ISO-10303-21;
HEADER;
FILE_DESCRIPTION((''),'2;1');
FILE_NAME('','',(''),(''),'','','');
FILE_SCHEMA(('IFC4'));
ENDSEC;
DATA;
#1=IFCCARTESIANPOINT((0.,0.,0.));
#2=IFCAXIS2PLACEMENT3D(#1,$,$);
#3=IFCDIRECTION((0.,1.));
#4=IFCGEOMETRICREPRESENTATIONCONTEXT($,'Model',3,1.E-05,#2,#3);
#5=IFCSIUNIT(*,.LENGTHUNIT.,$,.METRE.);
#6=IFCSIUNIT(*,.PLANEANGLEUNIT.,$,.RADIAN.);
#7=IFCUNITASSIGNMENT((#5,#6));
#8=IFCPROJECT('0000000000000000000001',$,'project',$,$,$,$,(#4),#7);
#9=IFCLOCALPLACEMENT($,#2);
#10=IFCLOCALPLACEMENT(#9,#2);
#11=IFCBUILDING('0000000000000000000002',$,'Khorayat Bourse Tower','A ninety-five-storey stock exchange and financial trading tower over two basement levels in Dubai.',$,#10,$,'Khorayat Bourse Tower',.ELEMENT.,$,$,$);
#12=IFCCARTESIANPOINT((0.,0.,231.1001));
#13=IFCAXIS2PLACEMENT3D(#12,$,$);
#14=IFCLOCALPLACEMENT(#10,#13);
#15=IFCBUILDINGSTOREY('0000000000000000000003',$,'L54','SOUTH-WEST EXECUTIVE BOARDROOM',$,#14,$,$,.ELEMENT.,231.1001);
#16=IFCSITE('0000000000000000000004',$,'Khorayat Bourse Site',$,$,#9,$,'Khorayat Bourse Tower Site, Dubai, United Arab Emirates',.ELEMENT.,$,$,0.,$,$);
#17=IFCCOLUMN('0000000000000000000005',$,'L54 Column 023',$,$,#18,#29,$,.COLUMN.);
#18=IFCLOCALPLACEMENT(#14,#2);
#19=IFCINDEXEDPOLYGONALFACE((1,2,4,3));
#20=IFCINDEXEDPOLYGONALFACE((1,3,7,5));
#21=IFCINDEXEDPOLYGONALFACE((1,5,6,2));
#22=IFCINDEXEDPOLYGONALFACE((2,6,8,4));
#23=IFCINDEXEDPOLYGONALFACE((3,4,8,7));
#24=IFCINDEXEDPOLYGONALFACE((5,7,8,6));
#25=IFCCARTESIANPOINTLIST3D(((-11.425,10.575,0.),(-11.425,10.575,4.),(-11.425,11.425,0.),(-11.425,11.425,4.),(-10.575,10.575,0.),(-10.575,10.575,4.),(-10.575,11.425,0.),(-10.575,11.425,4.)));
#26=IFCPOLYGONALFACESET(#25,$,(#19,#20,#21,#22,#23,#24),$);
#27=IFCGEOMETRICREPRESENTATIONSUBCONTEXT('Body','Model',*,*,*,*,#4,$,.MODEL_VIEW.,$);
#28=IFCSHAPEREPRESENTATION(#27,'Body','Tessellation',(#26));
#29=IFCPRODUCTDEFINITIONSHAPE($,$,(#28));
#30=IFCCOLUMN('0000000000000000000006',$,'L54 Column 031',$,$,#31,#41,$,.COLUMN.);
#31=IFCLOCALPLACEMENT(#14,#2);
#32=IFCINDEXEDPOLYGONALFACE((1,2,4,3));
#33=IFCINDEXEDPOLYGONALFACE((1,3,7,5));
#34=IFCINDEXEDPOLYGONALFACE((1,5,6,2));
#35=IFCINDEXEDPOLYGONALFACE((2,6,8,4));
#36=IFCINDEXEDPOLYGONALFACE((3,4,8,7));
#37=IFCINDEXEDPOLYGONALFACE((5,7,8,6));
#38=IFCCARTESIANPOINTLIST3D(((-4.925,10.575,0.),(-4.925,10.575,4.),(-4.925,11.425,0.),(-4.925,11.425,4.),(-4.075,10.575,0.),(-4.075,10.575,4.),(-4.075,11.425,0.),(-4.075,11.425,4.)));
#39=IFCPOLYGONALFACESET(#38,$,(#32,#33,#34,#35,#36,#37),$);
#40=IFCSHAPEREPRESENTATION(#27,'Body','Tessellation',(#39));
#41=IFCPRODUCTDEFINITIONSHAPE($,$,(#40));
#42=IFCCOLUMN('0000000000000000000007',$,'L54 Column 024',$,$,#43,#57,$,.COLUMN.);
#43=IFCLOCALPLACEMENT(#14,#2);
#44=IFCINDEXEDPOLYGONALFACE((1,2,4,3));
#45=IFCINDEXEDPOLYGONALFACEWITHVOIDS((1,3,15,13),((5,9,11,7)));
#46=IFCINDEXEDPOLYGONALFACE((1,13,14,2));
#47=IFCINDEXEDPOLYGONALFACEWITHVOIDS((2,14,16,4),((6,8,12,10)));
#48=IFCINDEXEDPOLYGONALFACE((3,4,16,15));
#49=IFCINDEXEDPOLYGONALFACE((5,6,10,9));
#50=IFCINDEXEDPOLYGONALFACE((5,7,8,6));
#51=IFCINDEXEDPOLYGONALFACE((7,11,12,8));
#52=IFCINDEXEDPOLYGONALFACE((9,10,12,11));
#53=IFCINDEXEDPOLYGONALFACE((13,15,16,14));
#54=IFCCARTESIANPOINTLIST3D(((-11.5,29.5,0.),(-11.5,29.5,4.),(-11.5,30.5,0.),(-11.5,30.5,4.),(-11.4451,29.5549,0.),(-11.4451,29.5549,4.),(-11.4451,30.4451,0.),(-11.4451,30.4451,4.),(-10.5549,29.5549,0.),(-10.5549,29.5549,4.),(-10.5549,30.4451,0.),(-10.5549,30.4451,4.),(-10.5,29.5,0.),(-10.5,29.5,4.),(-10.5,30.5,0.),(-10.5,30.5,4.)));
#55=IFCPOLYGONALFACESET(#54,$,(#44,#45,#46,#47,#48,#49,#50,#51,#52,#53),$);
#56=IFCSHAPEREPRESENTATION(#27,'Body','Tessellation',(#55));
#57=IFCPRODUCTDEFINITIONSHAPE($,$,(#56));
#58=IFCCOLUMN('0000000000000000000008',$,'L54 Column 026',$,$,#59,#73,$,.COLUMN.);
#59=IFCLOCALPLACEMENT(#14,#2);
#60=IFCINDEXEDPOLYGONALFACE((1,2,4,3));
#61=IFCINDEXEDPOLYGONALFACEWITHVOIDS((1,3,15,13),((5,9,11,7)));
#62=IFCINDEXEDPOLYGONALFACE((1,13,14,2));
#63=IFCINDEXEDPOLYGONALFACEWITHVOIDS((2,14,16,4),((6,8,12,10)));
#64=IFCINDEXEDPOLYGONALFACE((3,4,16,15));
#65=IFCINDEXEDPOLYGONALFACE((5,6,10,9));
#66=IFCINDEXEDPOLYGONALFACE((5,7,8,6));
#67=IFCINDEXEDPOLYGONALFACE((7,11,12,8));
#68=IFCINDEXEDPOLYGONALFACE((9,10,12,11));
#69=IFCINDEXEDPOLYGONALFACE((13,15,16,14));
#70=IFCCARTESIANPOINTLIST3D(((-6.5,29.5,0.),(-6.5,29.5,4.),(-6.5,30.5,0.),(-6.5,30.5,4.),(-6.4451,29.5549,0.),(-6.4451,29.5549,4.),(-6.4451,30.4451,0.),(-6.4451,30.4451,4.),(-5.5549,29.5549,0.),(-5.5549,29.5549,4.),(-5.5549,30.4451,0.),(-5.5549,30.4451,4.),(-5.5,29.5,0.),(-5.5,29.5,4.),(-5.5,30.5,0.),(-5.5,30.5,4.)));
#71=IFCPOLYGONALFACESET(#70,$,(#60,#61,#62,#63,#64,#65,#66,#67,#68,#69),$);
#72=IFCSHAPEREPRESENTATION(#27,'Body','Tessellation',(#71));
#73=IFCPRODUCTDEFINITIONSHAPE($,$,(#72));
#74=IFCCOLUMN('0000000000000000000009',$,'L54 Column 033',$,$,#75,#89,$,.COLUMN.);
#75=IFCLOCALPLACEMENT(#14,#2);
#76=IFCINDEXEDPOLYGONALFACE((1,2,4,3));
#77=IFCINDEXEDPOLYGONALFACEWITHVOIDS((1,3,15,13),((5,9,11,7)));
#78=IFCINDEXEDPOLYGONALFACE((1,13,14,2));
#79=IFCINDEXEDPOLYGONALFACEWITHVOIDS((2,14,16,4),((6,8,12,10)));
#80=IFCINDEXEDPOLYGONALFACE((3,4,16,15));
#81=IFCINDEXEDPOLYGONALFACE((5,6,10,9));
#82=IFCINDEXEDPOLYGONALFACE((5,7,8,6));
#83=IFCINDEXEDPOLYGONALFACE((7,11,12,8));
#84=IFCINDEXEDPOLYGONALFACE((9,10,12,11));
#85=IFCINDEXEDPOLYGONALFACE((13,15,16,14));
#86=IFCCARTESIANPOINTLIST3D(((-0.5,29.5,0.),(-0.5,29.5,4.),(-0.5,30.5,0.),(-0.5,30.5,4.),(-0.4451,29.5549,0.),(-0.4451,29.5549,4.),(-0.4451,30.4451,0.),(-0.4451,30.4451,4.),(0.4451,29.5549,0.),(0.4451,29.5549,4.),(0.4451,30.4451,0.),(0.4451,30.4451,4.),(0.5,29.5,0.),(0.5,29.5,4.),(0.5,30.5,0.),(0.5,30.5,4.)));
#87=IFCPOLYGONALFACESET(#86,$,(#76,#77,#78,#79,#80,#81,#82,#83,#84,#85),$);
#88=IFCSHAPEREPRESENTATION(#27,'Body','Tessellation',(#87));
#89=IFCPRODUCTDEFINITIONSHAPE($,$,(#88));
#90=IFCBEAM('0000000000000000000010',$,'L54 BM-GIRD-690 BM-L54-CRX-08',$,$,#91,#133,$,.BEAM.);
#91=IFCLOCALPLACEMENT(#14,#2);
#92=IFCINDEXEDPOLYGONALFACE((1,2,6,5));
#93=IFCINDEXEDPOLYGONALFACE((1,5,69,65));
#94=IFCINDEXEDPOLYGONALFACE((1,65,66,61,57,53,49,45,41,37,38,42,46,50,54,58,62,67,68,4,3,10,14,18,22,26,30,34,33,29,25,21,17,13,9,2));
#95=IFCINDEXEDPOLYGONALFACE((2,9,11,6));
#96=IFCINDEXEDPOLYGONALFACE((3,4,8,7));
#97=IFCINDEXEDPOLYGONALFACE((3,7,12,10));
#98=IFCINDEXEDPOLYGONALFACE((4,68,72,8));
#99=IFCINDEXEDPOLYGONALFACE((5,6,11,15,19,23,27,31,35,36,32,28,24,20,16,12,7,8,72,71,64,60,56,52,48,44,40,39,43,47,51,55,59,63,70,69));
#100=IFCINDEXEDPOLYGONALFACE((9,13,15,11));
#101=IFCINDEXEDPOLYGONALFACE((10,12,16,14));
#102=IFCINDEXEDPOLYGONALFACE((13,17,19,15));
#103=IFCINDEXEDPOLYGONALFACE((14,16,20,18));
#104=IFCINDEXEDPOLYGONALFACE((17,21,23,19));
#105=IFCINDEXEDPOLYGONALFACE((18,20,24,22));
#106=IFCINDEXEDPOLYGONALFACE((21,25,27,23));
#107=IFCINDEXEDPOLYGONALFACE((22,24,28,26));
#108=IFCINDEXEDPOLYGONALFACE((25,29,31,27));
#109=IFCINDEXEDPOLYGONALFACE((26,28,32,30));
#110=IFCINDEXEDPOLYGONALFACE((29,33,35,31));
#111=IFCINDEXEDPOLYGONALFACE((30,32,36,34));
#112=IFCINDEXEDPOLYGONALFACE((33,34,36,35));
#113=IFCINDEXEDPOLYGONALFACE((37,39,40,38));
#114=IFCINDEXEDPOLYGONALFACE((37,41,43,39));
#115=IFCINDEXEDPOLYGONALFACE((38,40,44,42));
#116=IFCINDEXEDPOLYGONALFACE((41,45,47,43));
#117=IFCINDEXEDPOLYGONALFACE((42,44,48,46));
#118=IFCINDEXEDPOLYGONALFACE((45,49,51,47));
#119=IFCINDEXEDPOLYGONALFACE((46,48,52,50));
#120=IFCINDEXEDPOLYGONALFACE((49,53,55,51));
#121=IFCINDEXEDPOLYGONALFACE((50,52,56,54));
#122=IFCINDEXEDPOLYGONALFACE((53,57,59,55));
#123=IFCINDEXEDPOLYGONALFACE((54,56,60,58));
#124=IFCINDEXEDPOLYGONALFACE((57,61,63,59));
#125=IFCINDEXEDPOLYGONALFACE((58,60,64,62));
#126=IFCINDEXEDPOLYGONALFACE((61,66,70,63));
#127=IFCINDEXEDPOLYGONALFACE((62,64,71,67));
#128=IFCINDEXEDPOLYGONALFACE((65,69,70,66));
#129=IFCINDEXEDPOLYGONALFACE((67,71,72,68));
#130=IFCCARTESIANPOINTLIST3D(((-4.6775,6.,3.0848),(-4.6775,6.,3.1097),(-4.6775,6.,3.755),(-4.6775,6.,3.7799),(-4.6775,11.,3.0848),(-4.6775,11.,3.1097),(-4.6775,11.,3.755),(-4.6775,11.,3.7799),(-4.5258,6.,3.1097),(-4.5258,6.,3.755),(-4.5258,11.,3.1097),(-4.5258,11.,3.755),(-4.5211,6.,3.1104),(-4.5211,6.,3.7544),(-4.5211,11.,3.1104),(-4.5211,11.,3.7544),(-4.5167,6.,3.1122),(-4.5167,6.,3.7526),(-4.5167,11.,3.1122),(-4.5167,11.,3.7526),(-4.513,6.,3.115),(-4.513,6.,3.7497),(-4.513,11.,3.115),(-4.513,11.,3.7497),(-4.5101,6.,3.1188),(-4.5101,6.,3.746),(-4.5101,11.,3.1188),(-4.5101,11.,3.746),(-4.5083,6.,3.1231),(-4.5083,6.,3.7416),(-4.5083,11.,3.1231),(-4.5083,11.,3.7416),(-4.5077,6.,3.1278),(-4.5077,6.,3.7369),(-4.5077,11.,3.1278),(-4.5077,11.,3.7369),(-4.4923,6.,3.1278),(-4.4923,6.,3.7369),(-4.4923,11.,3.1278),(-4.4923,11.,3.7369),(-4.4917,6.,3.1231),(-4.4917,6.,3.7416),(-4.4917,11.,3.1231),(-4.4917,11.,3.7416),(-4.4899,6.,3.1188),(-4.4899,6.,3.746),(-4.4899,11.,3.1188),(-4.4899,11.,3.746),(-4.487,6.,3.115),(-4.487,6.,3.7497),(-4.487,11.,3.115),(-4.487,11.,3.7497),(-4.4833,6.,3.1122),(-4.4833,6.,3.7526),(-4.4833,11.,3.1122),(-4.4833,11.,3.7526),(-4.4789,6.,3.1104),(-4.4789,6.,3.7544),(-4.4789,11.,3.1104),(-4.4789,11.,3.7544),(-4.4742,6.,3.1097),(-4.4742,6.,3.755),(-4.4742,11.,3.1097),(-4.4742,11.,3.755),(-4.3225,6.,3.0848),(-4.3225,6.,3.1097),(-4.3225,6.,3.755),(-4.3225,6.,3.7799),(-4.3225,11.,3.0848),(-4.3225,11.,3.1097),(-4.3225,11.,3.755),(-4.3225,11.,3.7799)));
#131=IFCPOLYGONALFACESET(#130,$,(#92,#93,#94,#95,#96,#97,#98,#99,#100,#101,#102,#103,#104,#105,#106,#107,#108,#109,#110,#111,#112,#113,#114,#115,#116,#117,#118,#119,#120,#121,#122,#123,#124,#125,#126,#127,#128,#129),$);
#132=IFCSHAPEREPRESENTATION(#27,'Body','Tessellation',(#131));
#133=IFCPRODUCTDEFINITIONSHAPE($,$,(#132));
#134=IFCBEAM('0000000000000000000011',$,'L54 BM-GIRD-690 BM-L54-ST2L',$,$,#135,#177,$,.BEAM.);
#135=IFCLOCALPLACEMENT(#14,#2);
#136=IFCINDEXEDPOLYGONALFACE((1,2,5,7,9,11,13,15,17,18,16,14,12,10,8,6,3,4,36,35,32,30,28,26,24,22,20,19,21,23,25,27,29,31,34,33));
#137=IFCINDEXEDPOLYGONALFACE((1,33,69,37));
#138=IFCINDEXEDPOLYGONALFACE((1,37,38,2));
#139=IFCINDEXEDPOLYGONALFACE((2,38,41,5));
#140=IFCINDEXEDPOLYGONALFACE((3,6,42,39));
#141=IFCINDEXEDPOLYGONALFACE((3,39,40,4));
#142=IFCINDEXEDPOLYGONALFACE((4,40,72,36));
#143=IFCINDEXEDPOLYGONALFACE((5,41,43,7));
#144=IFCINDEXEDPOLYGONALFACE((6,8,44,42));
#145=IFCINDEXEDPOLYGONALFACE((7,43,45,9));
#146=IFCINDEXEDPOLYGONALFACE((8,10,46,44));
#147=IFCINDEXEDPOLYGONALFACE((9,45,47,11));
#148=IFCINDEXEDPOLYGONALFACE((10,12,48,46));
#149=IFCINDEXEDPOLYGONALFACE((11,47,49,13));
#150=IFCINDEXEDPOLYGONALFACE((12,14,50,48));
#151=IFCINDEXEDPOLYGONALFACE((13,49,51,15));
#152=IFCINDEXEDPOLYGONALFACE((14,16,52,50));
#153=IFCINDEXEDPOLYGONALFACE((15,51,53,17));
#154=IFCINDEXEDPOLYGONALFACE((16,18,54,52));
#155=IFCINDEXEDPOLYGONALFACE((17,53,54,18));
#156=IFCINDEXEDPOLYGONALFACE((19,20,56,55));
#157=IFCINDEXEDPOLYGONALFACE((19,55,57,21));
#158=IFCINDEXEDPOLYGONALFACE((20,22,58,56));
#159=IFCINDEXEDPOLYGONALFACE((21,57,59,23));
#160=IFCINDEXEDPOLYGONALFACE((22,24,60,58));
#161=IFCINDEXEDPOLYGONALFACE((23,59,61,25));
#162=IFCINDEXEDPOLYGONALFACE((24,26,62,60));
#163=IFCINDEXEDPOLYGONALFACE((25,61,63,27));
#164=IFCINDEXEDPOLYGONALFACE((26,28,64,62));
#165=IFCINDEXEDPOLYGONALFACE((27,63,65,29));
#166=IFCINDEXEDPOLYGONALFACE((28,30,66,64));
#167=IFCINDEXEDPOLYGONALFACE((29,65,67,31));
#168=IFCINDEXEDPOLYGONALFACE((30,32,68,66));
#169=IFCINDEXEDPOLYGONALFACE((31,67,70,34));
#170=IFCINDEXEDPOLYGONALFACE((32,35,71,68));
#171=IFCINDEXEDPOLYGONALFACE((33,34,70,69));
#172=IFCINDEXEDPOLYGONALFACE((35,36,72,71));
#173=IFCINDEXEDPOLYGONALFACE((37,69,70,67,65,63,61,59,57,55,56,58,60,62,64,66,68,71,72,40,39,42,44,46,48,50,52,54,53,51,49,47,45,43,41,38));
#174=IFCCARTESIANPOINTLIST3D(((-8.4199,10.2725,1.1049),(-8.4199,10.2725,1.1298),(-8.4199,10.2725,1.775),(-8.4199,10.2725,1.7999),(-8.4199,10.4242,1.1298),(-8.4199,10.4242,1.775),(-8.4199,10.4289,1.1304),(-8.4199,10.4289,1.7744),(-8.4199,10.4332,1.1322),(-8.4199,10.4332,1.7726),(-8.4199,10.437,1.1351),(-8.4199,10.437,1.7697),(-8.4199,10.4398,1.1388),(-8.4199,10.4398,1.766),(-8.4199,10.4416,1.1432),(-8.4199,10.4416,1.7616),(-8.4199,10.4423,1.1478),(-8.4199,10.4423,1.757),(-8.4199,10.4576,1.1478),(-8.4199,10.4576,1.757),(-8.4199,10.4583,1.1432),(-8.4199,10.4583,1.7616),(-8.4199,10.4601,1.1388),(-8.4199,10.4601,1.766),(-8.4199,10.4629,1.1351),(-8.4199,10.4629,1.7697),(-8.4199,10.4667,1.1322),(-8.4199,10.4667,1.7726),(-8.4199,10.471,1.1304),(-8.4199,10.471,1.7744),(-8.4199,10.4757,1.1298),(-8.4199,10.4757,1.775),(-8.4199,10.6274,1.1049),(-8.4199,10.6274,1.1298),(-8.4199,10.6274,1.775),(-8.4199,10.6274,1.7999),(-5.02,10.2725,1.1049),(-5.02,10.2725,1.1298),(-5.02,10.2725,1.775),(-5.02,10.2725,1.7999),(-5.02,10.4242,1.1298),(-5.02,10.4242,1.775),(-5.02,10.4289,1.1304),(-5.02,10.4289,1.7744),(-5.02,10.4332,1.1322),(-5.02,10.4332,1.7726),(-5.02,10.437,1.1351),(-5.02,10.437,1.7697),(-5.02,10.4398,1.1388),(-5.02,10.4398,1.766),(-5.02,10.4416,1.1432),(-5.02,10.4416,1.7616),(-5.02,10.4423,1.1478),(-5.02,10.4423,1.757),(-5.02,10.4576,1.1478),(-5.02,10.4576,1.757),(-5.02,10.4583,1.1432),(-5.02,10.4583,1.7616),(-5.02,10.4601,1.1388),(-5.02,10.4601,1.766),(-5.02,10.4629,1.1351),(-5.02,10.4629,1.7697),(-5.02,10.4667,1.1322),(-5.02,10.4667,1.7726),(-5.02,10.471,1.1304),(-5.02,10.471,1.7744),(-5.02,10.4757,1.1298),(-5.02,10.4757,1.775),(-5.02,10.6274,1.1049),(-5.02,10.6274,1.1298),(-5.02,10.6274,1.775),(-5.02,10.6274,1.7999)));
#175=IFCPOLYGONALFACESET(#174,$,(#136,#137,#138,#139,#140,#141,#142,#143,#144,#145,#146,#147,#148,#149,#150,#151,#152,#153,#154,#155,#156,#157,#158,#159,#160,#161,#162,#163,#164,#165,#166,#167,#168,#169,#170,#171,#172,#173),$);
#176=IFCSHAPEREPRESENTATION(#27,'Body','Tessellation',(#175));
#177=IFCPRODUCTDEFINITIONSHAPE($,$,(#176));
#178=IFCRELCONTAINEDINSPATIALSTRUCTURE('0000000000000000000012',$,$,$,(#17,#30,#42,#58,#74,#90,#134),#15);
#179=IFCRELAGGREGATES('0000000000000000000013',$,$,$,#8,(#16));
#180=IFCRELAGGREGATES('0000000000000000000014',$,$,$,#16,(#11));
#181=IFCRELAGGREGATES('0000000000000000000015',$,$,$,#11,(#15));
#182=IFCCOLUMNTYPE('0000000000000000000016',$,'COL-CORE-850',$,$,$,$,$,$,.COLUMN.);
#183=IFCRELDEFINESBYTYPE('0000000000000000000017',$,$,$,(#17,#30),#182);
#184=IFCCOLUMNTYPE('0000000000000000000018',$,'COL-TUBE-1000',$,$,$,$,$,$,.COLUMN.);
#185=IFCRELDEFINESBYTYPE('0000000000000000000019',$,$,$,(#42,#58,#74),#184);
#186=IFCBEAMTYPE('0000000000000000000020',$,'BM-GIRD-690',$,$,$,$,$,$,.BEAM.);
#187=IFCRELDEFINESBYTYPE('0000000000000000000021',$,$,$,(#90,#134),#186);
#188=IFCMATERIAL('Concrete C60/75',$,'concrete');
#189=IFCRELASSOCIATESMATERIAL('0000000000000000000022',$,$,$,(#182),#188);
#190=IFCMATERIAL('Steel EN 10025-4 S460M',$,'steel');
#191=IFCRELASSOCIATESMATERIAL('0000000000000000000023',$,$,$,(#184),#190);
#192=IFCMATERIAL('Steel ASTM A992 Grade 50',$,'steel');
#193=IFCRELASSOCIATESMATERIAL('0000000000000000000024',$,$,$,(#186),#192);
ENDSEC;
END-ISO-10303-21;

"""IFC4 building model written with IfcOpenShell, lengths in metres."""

from ifc_helpers import new_model, si_unit, direction, frame, origin, origin_2d, place, context, subcontext, project, spatial, rectangle, hollow_rectangle, i_section, extrude, source, transform, mapped, material, material_profile, profile_set, type_object, element, save


model = new_model("IFC4")

# Units and contexts
model_context = context("Model", 3, precision=1e-05, world=origin(), true_north=direction((0.0, 1.0)))
body_context = subcontext(model_context, "Body", "Model", "MODEL_VIEW")
ifc_project = project(units=[si_unit("LENGTHUNIT", "METRE"), si_unit("PLANEANGLEUNIT", "RADIAN")], contexts=[model_context])

# Site, building, storey
site_placement = place(None, origin())
site = spatial("IfcSite", under=ifc_project, at=site_placement, Name="Khorayat Bourse Site", LongName="Khorayat Bourse Tower Site, Dubai, United Arab Emirates", CompositionType="ELEMENT", RefElevation=0.0)
building_placement = place(site_placement, origin())
building = spatial("IfcBuilding", under=site, at=building_placement, Name="Khorayat Bourse Tower", Description="A ninety-five-storey stock exchange and financial trading tower over two basement levels in Dubai.", LongName="Khorayat Bourse Tower", CompositionType="ELEMENT")
storey_placement = place(building_placement, frame((0.0, 0.0, 231.1001)))
storey = spatial("IfcBuildingStorey", under=building, at=storey_placement, Name="L54", Description="SOUTH-WEST EXECUTIVE BOARDROOM", CompositionType="ELEMENT", Elevation=231.1001)

# Columns
ifc_material_1 = material(Name="Concrete C60/75", Category="concrete")
ifc_material_profile_1 = material_profile(ifc_material_1, rectangle(XDim=0.8501, YDim=0.8501, at=origin_2d()), Name="RC 850x850")
ifc_profile_set_1 = profile_set([ifc_material_profile_1], Name="Concrete C60/75")
column_type_1 = type_object("IfcColumnType", Name="COL-CORE-850", PredefinedType="COLUMN", material=ifc_profile_set_1)
shared_shape_1 = source(origin(), body_context, "Body", "SweptSolid", [
    extrude(rectangle(XDim=0.8501, YDim=0.8501, at=origin_2d()), origin(), (0.0, 0.0, 1.0), 4.0),
])
for number, where, z_axis, x_axis, name in (
    (1, (-11.0, 11.0, 0.0), (0.0, 0.0, 1.0), (1.0, 0.0, 0.0), "L54 Column 023"),
    (2, (-4.5, 11.0, 0.0), (0.0, 0.0, 1.0), (1.0, 0.0, 0.0), "L54 Column 031"),
):
    element("IfcColumn", number, at=place(storey_placement, frame(where, z_axis=z_axis, x_axis=x_axis)), inside=storey, type_object=column_type_1, Name=name, PredefinedType="COLUMN", context=body_context, shape_type="MappedRepresentation", body=[
        mapped(shared_shape_1, transform((0.0, 0.0, 0.0), scale=1.0)),
    ])
ifc_material_2 = material(Name="Steel EN 10025-4 S460M", Category="steel")
ifc_material_profile_2 = material_profile(ifc_material_2, hollow_rectangle(XDim=1.0, YDim=1.0, WallThickness=0.0549, at=origin_2d()), Name="BOX 1000x1000x55")
ifc_profile_set_2 = profile_set([ifc_material_profile_2], Name="Steel EN 10025-4 S460M")
column_type_2 = type_object("IfcColumnType", Name="COL-TUBE-1000", PredefinedType="COLUMN", material=ifc_profile_set_2)
shared_shape_2 = source(origin(), body_context, "Body", "SweptSolid", [
    extrude(hollow_rectangle(XDim=1.0, YDim=1.0, WallThickness=0.0549, at=origin_2d()), origin(), (0.0, 0.0, 1.0), 4.0),
])
for number, where, z_axis, x_axis, name in (
    (3, (-11.0, 30.0, 0.0), (0.0, 0.0, 1.0), (1.0, 0.0, 0.0), "L54 Column 024"),
    (4, (-6.0, 30.0, 0.0), (0.0, 0.0, 1.0), (1.0, 0.0, 0.0), "L54 Column 026"),
    (5, (0.0, 30.0, 0.0), (0.0, 0.0, 1.0), (1.0, 0.0, 0.0), "L54 Column 033"),
):
    element("IfcColumn", number, at=place(storey_placement, frame(where, z_axis=z_axis, x_axis=x_axis)), inside=storey, type_object=column_type_2, Name=name, PredefinedType="COLUMN", context=body_context, shape_type="MappedRepresentation", body=[
        mapped(shared_shape_2, transform((0.0, 0.0, 0.0), scale=1.0)),
    ])

# Beams
ifc_material_3 = material(Name="Steel ASTM A992 Grade 50", Category="steel")
ifc_material_profile_3 = material_profile(ifc_material_3, i_section(OverallWidth=0.355, OverallDepth=0.6951, WebThickness=0.0154, FlangeThickness=0.0249, FilletRadius=0.0181, at=origin_2d()), Name="W690X217")
ifc_profile_set_3 = profile_set([ifc_material_profile_3], Name="Steel ASTM A992 Grade 50")
beam_type_1 = type_object("IfcBeamType", Name="BM-GIRD-690", PredefinedType="BEAM", material=ifc_profile_set_3)
shared_shape_3 = source(origin(), body_context, "Body", "SweptSolid", [
    extrude(i_section(OverallWidth=0.355, OverallDepth=0.6951, WebThickness=0.0154, FlangeThickness=0.0249, FilletRadius=0.0181, at=origin_2d()), origin(), (0.0, 0.0, 1.0), 5.0),
])
beam_1_placement = place(storey_placement, frame((-4.5, 6.0, 3.4324), z_axis=(0.0, 1.0, 0.0), x_axis=(-1.0, 0.0, 0.0)))
element("IfcBeam", 6, at=beam_1_placement, inside=storey, type_object=beam_type_1, Name="L54 BM-GIRD-690 BM-L54-CRX-08", PredefinedType="BEAM", context=body_context, shape_type="MappedRepresentation", body=[
    mapped(shared_shape_3, transform((0.0, 0.0, 0.0), scale=1.0)),
])
shared_shape_4 = source(origin(), body_context, "Body", "SweptSolid", [
    extrude(i_section(OverallWidth=0.355, OverallDepth=0.6951, WebThickness=0.0154, FlangeThickness=0.0249, FilletRadius=0.0181, at=origin_2d()), origin(), (0.0, 0.0, 1.0), 3.3999),
])
beam_2_placement = place(storey_placement, frame((-8.4199, 10.45, 1.4524), z_axis=(1.0, 0.0, 0.0), x_axis=(0.0, 1.0, 0.0)))
element("IfcBeam", 7, at=beam_2_placement, inside=storey, type_object=beam_type_1, Name="L54 BM-GIRD-690 BM-L54-ST2L", PredefinedType="BEAM", context=body_context, shape_type="MappedRepresentation", body=[
    mapped(shared_shape_4, transform((0.0, 0.0, 0.0), scale=1.0)),
])

save(model, "model.ifc")
